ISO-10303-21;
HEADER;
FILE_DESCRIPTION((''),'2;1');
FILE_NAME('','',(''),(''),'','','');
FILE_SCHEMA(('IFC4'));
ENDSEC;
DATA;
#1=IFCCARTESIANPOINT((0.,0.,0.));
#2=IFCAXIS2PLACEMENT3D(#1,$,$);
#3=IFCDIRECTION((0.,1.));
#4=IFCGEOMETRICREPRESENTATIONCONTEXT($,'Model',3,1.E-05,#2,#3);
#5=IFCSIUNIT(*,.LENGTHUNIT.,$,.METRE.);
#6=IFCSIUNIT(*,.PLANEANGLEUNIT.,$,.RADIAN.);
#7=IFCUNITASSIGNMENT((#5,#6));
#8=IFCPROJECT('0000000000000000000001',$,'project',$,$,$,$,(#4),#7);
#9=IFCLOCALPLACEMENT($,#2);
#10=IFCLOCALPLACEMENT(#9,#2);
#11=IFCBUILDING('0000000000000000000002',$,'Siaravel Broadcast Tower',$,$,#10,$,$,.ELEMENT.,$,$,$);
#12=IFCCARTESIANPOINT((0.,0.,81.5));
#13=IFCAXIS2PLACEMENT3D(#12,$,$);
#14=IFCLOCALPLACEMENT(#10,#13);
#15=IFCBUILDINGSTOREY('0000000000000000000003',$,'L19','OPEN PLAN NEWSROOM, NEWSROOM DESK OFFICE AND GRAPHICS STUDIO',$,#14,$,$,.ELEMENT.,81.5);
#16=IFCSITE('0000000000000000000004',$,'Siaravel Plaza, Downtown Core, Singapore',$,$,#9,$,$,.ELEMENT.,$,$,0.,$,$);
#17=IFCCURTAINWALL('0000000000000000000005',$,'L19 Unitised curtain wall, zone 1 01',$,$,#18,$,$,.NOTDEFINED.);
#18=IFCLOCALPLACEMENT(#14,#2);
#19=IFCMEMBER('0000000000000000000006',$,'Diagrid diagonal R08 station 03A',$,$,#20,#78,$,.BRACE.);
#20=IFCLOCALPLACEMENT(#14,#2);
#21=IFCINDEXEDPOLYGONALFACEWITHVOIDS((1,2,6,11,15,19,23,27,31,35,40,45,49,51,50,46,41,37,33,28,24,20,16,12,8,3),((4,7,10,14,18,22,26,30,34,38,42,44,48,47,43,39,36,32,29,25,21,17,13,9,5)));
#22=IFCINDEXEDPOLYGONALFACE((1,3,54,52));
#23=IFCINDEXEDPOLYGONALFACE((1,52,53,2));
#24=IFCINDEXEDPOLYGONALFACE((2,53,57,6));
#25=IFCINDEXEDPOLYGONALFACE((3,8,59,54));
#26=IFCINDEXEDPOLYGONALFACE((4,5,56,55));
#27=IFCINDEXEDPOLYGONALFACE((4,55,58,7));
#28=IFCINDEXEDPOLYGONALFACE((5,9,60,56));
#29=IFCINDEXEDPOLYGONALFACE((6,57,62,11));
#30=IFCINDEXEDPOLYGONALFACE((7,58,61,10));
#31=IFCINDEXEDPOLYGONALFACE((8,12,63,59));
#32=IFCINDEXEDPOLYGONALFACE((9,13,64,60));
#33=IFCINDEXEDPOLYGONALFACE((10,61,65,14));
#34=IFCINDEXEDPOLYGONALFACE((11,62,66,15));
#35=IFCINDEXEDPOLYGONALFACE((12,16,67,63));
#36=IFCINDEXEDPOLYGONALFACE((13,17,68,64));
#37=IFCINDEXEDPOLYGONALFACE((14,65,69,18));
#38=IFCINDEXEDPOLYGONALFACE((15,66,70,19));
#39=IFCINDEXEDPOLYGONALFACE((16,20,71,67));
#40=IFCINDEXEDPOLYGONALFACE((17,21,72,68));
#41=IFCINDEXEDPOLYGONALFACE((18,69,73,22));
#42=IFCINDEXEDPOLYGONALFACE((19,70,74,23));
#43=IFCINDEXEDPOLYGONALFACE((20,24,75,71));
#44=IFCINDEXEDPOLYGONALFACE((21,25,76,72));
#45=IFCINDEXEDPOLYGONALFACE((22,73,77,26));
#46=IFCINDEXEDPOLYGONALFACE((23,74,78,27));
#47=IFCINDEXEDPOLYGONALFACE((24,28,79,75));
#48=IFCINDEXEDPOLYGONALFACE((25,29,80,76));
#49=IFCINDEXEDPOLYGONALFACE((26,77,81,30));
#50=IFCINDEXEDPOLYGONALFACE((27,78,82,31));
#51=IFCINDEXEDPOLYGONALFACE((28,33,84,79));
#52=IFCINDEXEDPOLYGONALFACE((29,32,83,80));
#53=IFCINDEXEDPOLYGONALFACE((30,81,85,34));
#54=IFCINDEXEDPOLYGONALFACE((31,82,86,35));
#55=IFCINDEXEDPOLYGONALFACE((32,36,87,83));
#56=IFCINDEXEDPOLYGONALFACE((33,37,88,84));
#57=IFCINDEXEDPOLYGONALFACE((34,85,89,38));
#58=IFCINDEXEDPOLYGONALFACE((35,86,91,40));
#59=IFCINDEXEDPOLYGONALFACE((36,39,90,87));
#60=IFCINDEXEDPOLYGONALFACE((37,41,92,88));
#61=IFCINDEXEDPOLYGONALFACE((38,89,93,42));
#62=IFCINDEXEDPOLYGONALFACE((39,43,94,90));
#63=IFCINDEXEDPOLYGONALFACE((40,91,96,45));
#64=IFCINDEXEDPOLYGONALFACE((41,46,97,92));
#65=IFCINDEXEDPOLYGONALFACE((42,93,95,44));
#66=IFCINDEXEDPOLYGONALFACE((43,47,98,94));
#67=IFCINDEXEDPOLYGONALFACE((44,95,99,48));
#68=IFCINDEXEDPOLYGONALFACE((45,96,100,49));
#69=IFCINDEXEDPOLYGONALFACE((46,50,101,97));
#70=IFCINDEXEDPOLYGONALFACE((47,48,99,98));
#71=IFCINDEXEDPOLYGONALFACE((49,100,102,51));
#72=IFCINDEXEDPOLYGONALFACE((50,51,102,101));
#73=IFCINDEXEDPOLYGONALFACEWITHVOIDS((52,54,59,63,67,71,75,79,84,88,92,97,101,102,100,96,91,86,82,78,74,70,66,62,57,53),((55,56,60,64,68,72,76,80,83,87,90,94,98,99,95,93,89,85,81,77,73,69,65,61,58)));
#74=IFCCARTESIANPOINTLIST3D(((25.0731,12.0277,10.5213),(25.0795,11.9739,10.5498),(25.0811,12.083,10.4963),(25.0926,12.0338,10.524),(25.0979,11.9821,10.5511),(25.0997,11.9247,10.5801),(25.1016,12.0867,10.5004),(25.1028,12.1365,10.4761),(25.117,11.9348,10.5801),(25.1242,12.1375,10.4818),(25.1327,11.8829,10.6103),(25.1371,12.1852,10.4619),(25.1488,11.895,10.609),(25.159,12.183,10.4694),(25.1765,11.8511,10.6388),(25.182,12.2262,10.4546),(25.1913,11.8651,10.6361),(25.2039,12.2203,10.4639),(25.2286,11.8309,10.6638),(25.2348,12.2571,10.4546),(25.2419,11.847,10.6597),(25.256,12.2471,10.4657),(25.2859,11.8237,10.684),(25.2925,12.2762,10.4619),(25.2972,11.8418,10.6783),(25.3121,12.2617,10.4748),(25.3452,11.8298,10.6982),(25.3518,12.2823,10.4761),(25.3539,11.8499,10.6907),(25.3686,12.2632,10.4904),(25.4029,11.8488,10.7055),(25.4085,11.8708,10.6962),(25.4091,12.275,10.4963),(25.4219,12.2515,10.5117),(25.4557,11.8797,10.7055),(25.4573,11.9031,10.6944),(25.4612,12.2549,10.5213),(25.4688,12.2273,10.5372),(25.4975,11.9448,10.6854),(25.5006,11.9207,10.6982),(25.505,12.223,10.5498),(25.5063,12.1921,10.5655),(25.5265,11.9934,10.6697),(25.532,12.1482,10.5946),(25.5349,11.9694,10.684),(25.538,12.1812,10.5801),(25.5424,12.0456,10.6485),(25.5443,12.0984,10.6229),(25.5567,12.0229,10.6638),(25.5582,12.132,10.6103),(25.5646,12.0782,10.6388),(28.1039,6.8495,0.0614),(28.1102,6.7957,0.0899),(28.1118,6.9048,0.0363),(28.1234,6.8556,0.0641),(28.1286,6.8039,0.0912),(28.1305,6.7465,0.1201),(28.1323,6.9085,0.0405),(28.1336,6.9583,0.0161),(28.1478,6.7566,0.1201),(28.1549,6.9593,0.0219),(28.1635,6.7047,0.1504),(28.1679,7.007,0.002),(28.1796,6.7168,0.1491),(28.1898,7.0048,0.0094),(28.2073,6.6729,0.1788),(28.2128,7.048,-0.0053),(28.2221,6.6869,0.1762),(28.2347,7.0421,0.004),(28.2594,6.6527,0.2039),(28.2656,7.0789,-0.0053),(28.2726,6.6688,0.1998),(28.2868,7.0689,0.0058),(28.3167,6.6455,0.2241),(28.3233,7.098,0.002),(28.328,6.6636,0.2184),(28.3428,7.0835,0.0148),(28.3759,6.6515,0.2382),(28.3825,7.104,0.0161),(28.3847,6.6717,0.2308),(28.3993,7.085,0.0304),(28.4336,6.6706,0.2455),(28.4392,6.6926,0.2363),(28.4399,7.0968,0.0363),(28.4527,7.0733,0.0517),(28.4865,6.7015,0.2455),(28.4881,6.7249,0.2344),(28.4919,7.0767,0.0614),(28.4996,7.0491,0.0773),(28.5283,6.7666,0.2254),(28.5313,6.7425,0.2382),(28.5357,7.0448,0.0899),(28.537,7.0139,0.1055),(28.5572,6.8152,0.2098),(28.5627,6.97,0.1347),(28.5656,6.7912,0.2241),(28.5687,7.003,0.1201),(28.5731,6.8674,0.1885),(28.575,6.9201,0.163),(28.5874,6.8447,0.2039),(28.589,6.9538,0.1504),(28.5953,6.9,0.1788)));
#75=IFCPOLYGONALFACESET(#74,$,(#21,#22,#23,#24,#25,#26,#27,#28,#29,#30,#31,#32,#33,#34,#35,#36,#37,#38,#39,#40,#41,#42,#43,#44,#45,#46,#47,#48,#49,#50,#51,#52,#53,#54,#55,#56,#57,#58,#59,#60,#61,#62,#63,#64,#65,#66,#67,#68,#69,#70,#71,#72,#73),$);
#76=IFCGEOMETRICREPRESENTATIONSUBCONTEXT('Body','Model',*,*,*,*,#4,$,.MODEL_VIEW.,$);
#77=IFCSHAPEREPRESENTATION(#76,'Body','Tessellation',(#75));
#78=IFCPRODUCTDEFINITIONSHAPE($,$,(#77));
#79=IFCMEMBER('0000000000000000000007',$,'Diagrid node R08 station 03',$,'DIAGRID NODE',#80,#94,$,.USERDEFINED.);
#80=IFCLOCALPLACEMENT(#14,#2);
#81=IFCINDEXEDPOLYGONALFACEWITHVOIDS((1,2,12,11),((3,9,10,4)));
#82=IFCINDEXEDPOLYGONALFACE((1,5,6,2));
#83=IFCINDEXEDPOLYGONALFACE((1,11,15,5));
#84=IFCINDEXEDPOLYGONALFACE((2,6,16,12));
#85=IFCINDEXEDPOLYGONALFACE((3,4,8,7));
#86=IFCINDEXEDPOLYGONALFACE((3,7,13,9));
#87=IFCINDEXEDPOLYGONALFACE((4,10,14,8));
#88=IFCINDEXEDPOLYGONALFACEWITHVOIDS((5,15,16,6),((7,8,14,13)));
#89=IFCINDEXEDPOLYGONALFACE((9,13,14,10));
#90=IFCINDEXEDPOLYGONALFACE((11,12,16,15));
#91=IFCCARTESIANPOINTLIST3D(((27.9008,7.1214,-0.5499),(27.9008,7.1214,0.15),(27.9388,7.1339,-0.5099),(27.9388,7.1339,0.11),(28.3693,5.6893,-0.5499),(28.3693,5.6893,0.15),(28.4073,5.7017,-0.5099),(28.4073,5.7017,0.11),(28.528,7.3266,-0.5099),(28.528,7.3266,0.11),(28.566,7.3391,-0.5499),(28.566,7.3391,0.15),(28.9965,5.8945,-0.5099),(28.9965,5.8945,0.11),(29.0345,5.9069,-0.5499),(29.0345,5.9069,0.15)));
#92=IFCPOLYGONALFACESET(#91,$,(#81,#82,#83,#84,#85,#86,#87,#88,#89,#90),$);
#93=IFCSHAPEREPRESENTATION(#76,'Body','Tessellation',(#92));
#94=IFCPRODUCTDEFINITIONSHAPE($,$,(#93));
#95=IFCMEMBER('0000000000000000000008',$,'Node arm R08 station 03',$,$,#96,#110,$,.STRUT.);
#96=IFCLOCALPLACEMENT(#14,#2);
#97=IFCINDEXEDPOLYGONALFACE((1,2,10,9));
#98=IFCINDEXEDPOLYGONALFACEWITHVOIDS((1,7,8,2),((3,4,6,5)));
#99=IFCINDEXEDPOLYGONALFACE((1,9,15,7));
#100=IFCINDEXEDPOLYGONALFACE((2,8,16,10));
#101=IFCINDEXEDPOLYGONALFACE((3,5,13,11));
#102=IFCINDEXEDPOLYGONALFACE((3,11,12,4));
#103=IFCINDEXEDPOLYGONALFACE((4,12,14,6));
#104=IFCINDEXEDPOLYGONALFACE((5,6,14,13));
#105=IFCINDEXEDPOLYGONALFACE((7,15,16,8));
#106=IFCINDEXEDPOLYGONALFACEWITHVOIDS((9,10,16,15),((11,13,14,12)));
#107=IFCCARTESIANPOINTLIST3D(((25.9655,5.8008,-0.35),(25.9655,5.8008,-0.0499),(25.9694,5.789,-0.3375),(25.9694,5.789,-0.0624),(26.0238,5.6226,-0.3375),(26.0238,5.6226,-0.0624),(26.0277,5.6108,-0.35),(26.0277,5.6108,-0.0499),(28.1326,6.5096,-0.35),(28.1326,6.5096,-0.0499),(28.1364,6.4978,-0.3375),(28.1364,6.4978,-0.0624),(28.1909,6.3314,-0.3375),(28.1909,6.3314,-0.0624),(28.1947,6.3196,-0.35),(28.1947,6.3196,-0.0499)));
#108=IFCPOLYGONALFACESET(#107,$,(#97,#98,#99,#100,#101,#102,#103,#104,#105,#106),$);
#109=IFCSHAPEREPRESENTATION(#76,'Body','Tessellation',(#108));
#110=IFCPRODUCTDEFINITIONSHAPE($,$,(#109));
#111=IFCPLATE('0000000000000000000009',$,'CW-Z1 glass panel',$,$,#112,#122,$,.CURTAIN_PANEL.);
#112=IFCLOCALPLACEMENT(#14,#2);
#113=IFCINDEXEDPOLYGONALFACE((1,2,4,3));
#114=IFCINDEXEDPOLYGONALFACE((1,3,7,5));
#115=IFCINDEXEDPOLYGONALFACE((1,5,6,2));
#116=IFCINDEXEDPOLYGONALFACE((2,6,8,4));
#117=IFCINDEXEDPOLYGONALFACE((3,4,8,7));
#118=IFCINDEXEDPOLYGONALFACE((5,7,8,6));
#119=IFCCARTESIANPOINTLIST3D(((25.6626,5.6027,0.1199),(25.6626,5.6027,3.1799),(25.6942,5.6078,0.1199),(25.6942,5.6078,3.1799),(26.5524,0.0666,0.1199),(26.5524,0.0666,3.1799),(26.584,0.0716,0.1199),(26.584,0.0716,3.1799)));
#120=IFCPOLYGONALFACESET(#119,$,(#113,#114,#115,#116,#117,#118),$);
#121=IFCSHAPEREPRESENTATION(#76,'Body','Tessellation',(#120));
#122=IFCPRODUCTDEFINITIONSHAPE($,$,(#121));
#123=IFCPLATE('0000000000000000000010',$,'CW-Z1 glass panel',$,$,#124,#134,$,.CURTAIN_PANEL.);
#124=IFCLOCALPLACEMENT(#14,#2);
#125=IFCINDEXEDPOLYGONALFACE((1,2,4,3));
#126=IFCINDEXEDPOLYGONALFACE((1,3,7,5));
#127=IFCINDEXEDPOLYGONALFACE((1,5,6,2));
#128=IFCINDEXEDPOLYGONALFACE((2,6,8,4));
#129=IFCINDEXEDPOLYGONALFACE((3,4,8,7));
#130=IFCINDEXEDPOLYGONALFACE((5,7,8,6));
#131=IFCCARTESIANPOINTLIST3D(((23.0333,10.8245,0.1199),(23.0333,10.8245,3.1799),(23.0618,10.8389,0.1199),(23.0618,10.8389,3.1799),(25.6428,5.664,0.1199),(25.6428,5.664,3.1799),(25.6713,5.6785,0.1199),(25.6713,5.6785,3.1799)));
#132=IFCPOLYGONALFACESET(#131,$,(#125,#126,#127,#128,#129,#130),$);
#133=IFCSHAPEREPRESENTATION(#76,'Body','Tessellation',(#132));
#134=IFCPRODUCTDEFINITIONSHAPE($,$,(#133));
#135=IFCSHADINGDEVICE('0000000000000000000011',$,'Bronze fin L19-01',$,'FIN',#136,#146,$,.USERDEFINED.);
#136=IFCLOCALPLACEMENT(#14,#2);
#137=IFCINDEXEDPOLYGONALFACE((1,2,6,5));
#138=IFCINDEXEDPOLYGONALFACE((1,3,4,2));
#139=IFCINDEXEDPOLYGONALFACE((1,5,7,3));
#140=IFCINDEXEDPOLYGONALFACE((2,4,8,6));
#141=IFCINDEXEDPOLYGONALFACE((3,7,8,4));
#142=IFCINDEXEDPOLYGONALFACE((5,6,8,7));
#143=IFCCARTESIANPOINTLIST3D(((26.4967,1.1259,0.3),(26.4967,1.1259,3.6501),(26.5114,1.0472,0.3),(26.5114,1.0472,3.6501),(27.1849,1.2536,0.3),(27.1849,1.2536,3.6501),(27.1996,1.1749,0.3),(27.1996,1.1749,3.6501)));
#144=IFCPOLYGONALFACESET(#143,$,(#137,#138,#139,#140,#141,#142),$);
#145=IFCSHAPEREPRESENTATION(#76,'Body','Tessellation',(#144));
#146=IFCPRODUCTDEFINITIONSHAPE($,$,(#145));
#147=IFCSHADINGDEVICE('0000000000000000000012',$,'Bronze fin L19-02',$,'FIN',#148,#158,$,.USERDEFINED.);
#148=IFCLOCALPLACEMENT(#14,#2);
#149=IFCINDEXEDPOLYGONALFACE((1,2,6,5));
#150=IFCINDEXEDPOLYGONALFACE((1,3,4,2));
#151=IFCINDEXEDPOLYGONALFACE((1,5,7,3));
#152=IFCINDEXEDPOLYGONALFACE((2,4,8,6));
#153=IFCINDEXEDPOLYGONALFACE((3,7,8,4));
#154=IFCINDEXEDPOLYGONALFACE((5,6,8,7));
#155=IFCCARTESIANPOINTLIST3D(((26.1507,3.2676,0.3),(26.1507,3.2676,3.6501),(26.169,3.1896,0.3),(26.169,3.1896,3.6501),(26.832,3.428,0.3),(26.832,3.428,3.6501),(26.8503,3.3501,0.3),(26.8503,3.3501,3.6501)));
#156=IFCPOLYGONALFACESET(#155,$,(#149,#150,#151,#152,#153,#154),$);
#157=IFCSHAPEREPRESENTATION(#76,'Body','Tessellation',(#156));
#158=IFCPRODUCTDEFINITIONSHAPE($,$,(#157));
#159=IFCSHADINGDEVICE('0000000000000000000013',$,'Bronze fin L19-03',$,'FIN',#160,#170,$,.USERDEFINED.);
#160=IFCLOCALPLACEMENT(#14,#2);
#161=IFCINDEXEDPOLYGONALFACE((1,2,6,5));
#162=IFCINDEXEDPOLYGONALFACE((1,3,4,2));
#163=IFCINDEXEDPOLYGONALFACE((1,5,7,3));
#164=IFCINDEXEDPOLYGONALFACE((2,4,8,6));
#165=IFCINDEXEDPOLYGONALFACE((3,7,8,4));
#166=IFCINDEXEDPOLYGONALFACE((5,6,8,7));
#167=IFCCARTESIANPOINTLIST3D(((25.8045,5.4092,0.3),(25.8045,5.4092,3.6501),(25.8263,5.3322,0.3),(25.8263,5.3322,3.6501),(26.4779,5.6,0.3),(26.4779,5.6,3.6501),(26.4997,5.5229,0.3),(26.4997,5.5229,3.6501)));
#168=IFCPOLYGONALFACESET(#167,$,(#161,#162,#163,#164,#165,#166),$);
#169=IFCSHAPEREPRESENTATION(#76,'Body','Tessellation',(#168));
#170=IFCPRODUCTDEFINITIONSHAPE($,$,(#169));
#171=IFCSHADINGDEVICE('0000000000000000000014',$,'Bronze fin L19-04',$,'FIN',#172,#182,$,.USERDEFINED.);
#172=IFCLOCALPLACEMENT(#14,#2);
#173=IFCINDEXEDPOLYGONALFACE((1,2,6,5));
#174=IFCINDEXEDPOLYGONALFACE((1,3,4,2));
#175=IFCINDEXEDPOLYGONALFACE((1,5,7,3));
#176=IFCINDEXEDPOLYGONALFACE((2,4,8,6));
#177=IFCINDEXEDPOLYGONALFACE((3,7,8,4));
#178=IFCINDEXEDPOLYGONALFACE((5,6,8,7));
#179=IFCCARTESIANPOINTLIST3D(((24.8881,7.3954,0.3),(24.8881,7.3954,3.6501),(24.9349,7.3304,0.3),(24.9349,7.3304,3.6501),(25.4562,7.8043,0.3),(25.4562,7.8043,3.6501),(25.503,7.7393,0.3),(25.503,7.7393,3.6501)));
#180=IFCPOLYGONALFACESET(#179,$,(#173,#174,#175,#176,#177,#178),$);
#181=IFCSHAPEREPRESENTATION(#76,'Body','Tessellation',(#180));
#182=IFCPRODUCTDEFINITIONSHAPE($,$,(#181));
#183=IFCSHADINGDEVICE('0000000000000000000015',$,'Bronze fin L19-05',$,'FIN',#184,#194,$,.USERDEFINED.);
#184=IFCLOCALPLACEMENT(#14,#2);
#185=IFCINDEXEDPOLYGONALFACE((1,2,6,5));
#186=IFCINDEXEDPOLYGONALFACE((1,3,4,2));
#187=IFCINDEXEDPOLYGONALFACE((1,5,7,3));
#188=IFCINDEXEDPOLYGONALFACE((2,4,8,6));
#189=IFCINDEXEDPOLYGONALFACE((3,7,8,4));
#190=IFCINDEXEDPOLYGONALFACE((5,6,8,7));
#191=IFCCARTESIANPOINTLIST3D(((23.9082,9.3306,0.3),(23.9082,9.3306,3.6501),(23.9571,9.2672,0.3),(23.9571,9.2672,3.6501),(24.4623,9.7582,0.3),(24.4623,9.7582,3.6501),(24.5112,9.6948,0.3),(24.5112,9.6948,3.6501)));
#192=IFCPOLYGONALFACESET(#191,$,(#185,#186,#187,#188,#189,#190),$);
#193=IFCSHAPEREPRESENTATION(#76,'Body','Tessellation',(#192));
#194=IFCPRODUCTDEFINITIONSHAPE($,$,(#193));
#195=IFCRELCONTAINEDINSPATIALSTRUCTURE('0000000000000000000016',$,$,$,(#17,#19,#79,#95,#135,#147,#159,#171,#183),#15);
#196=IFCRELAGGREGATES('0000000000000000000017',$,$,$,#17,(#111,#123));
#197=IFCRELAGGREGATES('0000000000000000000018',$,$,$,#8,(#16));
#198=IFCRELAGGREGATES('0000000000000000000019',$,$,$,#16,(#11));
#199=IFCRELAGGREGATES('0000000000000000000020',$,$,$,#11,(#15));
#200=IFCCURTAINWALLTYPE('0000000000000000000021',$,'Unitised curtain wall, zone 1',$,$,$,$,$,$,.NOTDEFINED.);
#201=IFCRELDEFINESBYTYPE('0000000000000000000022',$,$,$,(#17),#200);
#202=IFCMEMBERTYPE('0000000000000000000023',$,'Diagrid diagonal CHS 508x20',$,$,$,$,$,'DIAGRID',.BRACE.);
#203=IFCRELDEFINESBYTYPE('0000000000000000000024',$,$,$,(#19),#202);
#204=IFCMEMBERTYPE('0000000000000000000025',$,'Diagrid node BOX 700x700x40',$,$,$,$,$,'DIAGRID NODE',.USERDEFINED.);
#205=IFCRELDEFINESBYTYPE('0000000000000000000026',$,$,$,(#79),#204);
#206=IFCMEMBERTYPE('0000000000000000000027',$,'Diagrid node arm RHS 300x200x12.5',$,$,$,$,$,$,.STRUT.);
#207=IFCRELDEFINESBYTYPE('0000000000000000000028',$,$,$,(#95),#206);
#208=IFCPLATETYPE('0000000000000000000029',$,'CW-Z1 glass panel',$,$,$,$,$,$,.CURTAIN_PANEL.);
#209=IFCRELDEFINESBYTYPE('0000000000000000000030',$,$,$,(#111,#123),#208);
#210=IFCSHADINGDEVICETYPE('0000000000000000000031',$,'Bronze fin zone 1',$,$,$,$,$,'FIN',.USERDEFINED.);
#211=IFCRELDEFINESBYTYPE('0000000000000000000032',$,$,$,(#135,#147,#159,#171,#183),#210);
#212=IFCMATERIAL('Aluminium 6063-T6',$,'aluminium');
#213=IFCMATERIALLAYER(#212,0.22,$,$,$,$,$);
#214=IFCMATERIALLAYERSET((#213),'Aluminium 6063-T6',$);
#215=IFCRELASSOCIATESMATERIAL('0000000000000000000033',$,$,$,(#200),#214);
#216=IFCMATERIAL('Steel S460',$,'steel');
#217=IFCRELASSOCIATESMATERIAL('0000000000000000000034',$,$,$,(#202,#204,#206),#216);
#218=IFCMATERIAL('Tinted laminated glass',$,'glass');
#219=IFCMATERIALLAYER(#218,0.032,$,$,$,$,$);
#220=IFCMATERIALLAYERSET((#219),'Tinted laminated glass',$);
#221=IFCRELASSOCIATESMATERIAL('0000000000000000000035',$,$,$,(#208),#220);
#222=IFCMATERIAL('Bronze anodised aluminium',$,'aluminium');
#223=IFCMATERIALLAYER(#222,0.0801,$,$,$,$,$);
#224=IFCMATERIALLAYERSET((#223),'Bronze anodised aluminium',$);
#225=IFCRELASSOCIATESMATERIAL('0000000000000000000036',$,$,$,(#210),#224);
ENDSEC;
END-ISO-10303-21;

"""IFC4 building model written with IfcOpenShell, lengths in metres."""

from ifc_helpers import new_model, si_unit, direction, frame, origin, origin_2d, place, context, subcontext, project, spatial, rectangle, hollow_rectangle, hollow_circle, extrude, material, layer, layer_set, material_profile, profile_set, type_object, element, aggregate, save


model = new_model("IFC4")

# Units and contexts
model_context = context("Model", 3, precision=1e-05, world=origin(), true_north=direction((0.0, 1.0)))
body_context = subcontext(model_context, "Body", "Model", "MODEL_VIEW")
ifc_project = project(units=[si_unit("LENGTHUNIT", "METRE"), si_unit("PLANEANGLEUNIT", "RADIAN")], contexts=[model_context])

# Site, building, storey
site_placement = place(None, origin())
site = spatial("IfcSite", under=ifc_project, at=site_placement, Name="Siaravel Plaza, Downtown Core, Singapore", CompositionType="ELEMENT", RefElevation=0.0)
building_placement = place(site_placement, origin())
building = spatial("IfcBuilding", under=site, at=building_placement, Name="Siaravel Broadcast Tower", CompositionType="ELEMENT")
storey_placement = place(building_placement, frame((0.0, 0.0, 81.5)))
storey = spatial("IfcBuildingStorey", under=building, at=storey_placement, Name="L19", Description="OPEN PLAN NEWSROOM, NEWSROOM DESK OFFICE AND GRAPHICS STUDIO", CompositionType="ELEMENT", Elevation=81.5)

# Curtain wall
ifc_material_1 = material(Name="Aluminium 6063-T6", Category="aluminium")
ifc_layer_1 = layer(ifc_material_1, 0.22)
ifc_layer_set_1 = layer_set([ifc_layer_1], Name="Aluminium 6063-T6")
curtain_wall_type = type_object("IfcCurtainWallType", Name="Unitised curtain wall, zone 1", PredefinedType="NOTDEFINED", material=ifc_layer_set_1)
curtain_wall_placement = place(storey_placement, origin())
curtain_wall = element("IfcCurtainWall", 1, at=curtain_wall_placement, inside=storey, type_object=curtain_wall_type, Name="L19 Unitised curtain wall, zone 1 01", PredefinedType="NOTDEFINED")

# Members
ifc_material_2 = material(Name="Steel S460", Category="steel")
ifc_material_profile_1 = material_profile(ifc_material_2, hollow_circle(Radius=0.2539, WallThickness=0.02, at=origin_2d()))
ifc_profile_set_1 = profile_set([ifc_material_profile_1], Name="Steel S460")
member_type_1 = type_object("IfcMemberType", Name="Diagrid diagonal CHS 508x20", ElementType="DIAGRID", PredefinedType="BRACE", material=ifc_profile_set_1)
member_1_placement = place(storey_placement, frame((28.3496, 6.8748, 0.1201), z_axis=(-0.251336, 0.429421, 0.867426), x_axis=(-0.863043, -0.50513, 0.0)))
element("IfcMember", 2, at=member_1_placement, inside=storey, type_object=member_type_1, Name="Diagrid diagonal R08 station 03A", PredefinedType="BRACE", context=body_context, shape_type="SweptSolid", body=[
    extrude(hollow_circle(Radius=0.2539, WallThickness=0.02, at=origin_2d()), origin(), (0.0, 0.0, 1.0), 12.0586),
])
ifc_material_profile_2 = material_profile(ifc_material_2, hollow_rectangle(XDim=0.7, YDim=0.7, WallThickness=0.04, at=origin_2d()))
ifc_profile_set_2 = profile_set([ifc_material_profile_2], Name="Steel S460")
member_type_2 = type_object("IfcMemberType", Name="Diagrid node BOX 700x700x40", ElementType="DIAGRID NODE", PredefinedType="USERDEFINED", material=ifc_profile_set_2)
member_2_placement = place(storey_placement, frame((28.7019, 5.7981, -0.2), z_axis=(-0.310925, 0.950435, 0.0), x_axis=(-0.950435, -0.310925, 0.0)))
element("IfcMember", 3, at=member_2_placement, inside=storey, type_object=member_type_2, Name="Diagrid node R08 station 03", ObjectType="DIAGRID NODE", PredefinedType="USERDEFINED", context=body_context, shape_type="SweptSolid", body=[
    extrude(hollow_rectangle(XDim=0.7, YDim=0.7, WallThickness=0.04, at=origin_2d()), origin(), (0.0, 0.0, 1.0), 1.5068),
])
ifc_material_profile_3 = material_profile(ifc_material_2, hollow_rectangle(XDim=0.2, YDim=0.3, WallThickness=0.0125, at=origin_2d()))
ifc_profile_set_3 = profile_set([ifc_material_profile_3], Name="Steel S460")
member_type_3 = type_object("IfcMemberType", Name="Diagrid node arm RHS 300x200x12.5", PredefinedType="STRUT", material=ifc_profile_set_3)
member_3_placement = place(storey_placement, frame((25.9966, 5.7058, -0.2), z_axis=(0.950456, 0.310858, 0.0), x_axis=(-0.310858, 0.950456, 0.0)))
element("IfcMember", 4, at=member_3_placement, inside=storey, type_object=member_type_3, Name="Node arm R08 station 03", PredefinedType="STRUT", context=body_context, shape_type="SweptSolid", body=[
    extrude(hollow_rectangle(XDim=0.2, YDim=0.3, WallThickness=0.0125, at=origin_2d()), origin(), (0.0, 0.0, 1.0), 2.28),
])

# Plates
ifc_material_3 = material(Name="Tinted laminated glass", Category="glass")
ifc_layer_2 = layer(ifc_material_3, 0.032)
ifc_layer_set_2 = layer_set([ifc_layer_2], Name="Tinted laminated glass")
plate_type = type_object("IfcPlateType", Name="CW-Z1 glass panel", PredefinedType="CURTAIN_PANEL", material=ifc_layer_set_2)
plate_1_placement = place(storey_placement, frame((26.1233, 2.8372, 0.1199), z_axis=(0.0, 0.0, 1.0), x_axis=(-0.158685, 0.987329, 0.0)))
plate_1 = element("IfcPlate", 5, at=plate_1_placement, type_object=plate_type, Name="CW-Z1 glass panel", PredefinedType="CURTAIN_PANEL", context=body_context, shape_type="SweptSolid", body=[
    extrude(rectangle(XDim=5.6072, YDim=0.032, at=origin_2d()), origin(), (0.0, 0.0, 1.0), 3.0601),
])
plate_2_placement = place(storey_placement, frame((24.3523, 8.2515, 0.1199), z_axis=(0.0, 0.0, 1.0), x_axis=(-0.451261, 0.892392, 0.0)))
plate_2 = element("IfcPlate", 6, at=plate_2_placement, type_object=plate_type, Name="CW-Z1 glass panel", PredefinedType="CURTAIN_PANEL", context=body_context, shape_type="SweptSolid", body=[
    extrude(rectangle(XDim=5.7827, YDim=0.032, at=origin_2d()), origin(), (0.0, 0.0, 1.0), 3.0601),
])
aggregate(curtain_wall, [plate_1, plate_2])

# Shading devices
ifc_material_4 = material(Name="Bronze anodised aluminium", Category="aluminium")
ifc_layer_3 = layer(ifc_material_4, 0.0801)
ifc_layer_set_3 = layer_set([ifc_layer_3], Name="Bronze anodised aluminium")
shading_device_type = type_object("IfcShadingDeviceType", Name="Bronze fin zone 1", ElementType="FIN", PredefinedType="USERDEFINED", material=ifc_layer_set_3)
for number, where, z_axis, x_axis, name in (
    (7, (26.8481, 1.1504, 0.3), (0.0, 0.0, 1.0), (0.983212, 0.182469, 0.0), "Bronze fin L19-01"),
    (8, (26.5005, 3.3088, 0.3), (0.0, 0.0, 1.0), (0.973374, 0.229224, 0.0), "Bronze fin L19-02"),
    (9, (26.1521, 5.4661, 0.3), (0.0, 0.0, 1.0), (0.962141, 0.272552, 0.0), "Bronze fin L19-03"),
    (10, (25.1956, 7.5674, 0.3), (0.0, 0.0, 1.0), (0.811609, 0.584202, 0.0), "Bronze fin L19-04"),
    (11, (24.2097, 9.5127, 0.3), (0.0, 0.0, 1.0), (0.791659, 0.610963, 0.0), "Bronze fin L19-05"),
):
    element("IfcShadingDevice", number, at=place(storey_placement, frame(where, z_axis=z_axis, x_axis=x_axis)), inside=storey, type_object=shading_device_type, Name=name, ObjectType="FIN", PredefinedType="USERDEFINED", context=body_context, shape_type="SweptSolid", body=[
        extrude(rectangle(XDim=0.7, YDim=0.0801, at=origin_2d()), origin(), (0.0, 0.0, 1.0), 3.3501),
    ])

save(model, "model.ifc")
